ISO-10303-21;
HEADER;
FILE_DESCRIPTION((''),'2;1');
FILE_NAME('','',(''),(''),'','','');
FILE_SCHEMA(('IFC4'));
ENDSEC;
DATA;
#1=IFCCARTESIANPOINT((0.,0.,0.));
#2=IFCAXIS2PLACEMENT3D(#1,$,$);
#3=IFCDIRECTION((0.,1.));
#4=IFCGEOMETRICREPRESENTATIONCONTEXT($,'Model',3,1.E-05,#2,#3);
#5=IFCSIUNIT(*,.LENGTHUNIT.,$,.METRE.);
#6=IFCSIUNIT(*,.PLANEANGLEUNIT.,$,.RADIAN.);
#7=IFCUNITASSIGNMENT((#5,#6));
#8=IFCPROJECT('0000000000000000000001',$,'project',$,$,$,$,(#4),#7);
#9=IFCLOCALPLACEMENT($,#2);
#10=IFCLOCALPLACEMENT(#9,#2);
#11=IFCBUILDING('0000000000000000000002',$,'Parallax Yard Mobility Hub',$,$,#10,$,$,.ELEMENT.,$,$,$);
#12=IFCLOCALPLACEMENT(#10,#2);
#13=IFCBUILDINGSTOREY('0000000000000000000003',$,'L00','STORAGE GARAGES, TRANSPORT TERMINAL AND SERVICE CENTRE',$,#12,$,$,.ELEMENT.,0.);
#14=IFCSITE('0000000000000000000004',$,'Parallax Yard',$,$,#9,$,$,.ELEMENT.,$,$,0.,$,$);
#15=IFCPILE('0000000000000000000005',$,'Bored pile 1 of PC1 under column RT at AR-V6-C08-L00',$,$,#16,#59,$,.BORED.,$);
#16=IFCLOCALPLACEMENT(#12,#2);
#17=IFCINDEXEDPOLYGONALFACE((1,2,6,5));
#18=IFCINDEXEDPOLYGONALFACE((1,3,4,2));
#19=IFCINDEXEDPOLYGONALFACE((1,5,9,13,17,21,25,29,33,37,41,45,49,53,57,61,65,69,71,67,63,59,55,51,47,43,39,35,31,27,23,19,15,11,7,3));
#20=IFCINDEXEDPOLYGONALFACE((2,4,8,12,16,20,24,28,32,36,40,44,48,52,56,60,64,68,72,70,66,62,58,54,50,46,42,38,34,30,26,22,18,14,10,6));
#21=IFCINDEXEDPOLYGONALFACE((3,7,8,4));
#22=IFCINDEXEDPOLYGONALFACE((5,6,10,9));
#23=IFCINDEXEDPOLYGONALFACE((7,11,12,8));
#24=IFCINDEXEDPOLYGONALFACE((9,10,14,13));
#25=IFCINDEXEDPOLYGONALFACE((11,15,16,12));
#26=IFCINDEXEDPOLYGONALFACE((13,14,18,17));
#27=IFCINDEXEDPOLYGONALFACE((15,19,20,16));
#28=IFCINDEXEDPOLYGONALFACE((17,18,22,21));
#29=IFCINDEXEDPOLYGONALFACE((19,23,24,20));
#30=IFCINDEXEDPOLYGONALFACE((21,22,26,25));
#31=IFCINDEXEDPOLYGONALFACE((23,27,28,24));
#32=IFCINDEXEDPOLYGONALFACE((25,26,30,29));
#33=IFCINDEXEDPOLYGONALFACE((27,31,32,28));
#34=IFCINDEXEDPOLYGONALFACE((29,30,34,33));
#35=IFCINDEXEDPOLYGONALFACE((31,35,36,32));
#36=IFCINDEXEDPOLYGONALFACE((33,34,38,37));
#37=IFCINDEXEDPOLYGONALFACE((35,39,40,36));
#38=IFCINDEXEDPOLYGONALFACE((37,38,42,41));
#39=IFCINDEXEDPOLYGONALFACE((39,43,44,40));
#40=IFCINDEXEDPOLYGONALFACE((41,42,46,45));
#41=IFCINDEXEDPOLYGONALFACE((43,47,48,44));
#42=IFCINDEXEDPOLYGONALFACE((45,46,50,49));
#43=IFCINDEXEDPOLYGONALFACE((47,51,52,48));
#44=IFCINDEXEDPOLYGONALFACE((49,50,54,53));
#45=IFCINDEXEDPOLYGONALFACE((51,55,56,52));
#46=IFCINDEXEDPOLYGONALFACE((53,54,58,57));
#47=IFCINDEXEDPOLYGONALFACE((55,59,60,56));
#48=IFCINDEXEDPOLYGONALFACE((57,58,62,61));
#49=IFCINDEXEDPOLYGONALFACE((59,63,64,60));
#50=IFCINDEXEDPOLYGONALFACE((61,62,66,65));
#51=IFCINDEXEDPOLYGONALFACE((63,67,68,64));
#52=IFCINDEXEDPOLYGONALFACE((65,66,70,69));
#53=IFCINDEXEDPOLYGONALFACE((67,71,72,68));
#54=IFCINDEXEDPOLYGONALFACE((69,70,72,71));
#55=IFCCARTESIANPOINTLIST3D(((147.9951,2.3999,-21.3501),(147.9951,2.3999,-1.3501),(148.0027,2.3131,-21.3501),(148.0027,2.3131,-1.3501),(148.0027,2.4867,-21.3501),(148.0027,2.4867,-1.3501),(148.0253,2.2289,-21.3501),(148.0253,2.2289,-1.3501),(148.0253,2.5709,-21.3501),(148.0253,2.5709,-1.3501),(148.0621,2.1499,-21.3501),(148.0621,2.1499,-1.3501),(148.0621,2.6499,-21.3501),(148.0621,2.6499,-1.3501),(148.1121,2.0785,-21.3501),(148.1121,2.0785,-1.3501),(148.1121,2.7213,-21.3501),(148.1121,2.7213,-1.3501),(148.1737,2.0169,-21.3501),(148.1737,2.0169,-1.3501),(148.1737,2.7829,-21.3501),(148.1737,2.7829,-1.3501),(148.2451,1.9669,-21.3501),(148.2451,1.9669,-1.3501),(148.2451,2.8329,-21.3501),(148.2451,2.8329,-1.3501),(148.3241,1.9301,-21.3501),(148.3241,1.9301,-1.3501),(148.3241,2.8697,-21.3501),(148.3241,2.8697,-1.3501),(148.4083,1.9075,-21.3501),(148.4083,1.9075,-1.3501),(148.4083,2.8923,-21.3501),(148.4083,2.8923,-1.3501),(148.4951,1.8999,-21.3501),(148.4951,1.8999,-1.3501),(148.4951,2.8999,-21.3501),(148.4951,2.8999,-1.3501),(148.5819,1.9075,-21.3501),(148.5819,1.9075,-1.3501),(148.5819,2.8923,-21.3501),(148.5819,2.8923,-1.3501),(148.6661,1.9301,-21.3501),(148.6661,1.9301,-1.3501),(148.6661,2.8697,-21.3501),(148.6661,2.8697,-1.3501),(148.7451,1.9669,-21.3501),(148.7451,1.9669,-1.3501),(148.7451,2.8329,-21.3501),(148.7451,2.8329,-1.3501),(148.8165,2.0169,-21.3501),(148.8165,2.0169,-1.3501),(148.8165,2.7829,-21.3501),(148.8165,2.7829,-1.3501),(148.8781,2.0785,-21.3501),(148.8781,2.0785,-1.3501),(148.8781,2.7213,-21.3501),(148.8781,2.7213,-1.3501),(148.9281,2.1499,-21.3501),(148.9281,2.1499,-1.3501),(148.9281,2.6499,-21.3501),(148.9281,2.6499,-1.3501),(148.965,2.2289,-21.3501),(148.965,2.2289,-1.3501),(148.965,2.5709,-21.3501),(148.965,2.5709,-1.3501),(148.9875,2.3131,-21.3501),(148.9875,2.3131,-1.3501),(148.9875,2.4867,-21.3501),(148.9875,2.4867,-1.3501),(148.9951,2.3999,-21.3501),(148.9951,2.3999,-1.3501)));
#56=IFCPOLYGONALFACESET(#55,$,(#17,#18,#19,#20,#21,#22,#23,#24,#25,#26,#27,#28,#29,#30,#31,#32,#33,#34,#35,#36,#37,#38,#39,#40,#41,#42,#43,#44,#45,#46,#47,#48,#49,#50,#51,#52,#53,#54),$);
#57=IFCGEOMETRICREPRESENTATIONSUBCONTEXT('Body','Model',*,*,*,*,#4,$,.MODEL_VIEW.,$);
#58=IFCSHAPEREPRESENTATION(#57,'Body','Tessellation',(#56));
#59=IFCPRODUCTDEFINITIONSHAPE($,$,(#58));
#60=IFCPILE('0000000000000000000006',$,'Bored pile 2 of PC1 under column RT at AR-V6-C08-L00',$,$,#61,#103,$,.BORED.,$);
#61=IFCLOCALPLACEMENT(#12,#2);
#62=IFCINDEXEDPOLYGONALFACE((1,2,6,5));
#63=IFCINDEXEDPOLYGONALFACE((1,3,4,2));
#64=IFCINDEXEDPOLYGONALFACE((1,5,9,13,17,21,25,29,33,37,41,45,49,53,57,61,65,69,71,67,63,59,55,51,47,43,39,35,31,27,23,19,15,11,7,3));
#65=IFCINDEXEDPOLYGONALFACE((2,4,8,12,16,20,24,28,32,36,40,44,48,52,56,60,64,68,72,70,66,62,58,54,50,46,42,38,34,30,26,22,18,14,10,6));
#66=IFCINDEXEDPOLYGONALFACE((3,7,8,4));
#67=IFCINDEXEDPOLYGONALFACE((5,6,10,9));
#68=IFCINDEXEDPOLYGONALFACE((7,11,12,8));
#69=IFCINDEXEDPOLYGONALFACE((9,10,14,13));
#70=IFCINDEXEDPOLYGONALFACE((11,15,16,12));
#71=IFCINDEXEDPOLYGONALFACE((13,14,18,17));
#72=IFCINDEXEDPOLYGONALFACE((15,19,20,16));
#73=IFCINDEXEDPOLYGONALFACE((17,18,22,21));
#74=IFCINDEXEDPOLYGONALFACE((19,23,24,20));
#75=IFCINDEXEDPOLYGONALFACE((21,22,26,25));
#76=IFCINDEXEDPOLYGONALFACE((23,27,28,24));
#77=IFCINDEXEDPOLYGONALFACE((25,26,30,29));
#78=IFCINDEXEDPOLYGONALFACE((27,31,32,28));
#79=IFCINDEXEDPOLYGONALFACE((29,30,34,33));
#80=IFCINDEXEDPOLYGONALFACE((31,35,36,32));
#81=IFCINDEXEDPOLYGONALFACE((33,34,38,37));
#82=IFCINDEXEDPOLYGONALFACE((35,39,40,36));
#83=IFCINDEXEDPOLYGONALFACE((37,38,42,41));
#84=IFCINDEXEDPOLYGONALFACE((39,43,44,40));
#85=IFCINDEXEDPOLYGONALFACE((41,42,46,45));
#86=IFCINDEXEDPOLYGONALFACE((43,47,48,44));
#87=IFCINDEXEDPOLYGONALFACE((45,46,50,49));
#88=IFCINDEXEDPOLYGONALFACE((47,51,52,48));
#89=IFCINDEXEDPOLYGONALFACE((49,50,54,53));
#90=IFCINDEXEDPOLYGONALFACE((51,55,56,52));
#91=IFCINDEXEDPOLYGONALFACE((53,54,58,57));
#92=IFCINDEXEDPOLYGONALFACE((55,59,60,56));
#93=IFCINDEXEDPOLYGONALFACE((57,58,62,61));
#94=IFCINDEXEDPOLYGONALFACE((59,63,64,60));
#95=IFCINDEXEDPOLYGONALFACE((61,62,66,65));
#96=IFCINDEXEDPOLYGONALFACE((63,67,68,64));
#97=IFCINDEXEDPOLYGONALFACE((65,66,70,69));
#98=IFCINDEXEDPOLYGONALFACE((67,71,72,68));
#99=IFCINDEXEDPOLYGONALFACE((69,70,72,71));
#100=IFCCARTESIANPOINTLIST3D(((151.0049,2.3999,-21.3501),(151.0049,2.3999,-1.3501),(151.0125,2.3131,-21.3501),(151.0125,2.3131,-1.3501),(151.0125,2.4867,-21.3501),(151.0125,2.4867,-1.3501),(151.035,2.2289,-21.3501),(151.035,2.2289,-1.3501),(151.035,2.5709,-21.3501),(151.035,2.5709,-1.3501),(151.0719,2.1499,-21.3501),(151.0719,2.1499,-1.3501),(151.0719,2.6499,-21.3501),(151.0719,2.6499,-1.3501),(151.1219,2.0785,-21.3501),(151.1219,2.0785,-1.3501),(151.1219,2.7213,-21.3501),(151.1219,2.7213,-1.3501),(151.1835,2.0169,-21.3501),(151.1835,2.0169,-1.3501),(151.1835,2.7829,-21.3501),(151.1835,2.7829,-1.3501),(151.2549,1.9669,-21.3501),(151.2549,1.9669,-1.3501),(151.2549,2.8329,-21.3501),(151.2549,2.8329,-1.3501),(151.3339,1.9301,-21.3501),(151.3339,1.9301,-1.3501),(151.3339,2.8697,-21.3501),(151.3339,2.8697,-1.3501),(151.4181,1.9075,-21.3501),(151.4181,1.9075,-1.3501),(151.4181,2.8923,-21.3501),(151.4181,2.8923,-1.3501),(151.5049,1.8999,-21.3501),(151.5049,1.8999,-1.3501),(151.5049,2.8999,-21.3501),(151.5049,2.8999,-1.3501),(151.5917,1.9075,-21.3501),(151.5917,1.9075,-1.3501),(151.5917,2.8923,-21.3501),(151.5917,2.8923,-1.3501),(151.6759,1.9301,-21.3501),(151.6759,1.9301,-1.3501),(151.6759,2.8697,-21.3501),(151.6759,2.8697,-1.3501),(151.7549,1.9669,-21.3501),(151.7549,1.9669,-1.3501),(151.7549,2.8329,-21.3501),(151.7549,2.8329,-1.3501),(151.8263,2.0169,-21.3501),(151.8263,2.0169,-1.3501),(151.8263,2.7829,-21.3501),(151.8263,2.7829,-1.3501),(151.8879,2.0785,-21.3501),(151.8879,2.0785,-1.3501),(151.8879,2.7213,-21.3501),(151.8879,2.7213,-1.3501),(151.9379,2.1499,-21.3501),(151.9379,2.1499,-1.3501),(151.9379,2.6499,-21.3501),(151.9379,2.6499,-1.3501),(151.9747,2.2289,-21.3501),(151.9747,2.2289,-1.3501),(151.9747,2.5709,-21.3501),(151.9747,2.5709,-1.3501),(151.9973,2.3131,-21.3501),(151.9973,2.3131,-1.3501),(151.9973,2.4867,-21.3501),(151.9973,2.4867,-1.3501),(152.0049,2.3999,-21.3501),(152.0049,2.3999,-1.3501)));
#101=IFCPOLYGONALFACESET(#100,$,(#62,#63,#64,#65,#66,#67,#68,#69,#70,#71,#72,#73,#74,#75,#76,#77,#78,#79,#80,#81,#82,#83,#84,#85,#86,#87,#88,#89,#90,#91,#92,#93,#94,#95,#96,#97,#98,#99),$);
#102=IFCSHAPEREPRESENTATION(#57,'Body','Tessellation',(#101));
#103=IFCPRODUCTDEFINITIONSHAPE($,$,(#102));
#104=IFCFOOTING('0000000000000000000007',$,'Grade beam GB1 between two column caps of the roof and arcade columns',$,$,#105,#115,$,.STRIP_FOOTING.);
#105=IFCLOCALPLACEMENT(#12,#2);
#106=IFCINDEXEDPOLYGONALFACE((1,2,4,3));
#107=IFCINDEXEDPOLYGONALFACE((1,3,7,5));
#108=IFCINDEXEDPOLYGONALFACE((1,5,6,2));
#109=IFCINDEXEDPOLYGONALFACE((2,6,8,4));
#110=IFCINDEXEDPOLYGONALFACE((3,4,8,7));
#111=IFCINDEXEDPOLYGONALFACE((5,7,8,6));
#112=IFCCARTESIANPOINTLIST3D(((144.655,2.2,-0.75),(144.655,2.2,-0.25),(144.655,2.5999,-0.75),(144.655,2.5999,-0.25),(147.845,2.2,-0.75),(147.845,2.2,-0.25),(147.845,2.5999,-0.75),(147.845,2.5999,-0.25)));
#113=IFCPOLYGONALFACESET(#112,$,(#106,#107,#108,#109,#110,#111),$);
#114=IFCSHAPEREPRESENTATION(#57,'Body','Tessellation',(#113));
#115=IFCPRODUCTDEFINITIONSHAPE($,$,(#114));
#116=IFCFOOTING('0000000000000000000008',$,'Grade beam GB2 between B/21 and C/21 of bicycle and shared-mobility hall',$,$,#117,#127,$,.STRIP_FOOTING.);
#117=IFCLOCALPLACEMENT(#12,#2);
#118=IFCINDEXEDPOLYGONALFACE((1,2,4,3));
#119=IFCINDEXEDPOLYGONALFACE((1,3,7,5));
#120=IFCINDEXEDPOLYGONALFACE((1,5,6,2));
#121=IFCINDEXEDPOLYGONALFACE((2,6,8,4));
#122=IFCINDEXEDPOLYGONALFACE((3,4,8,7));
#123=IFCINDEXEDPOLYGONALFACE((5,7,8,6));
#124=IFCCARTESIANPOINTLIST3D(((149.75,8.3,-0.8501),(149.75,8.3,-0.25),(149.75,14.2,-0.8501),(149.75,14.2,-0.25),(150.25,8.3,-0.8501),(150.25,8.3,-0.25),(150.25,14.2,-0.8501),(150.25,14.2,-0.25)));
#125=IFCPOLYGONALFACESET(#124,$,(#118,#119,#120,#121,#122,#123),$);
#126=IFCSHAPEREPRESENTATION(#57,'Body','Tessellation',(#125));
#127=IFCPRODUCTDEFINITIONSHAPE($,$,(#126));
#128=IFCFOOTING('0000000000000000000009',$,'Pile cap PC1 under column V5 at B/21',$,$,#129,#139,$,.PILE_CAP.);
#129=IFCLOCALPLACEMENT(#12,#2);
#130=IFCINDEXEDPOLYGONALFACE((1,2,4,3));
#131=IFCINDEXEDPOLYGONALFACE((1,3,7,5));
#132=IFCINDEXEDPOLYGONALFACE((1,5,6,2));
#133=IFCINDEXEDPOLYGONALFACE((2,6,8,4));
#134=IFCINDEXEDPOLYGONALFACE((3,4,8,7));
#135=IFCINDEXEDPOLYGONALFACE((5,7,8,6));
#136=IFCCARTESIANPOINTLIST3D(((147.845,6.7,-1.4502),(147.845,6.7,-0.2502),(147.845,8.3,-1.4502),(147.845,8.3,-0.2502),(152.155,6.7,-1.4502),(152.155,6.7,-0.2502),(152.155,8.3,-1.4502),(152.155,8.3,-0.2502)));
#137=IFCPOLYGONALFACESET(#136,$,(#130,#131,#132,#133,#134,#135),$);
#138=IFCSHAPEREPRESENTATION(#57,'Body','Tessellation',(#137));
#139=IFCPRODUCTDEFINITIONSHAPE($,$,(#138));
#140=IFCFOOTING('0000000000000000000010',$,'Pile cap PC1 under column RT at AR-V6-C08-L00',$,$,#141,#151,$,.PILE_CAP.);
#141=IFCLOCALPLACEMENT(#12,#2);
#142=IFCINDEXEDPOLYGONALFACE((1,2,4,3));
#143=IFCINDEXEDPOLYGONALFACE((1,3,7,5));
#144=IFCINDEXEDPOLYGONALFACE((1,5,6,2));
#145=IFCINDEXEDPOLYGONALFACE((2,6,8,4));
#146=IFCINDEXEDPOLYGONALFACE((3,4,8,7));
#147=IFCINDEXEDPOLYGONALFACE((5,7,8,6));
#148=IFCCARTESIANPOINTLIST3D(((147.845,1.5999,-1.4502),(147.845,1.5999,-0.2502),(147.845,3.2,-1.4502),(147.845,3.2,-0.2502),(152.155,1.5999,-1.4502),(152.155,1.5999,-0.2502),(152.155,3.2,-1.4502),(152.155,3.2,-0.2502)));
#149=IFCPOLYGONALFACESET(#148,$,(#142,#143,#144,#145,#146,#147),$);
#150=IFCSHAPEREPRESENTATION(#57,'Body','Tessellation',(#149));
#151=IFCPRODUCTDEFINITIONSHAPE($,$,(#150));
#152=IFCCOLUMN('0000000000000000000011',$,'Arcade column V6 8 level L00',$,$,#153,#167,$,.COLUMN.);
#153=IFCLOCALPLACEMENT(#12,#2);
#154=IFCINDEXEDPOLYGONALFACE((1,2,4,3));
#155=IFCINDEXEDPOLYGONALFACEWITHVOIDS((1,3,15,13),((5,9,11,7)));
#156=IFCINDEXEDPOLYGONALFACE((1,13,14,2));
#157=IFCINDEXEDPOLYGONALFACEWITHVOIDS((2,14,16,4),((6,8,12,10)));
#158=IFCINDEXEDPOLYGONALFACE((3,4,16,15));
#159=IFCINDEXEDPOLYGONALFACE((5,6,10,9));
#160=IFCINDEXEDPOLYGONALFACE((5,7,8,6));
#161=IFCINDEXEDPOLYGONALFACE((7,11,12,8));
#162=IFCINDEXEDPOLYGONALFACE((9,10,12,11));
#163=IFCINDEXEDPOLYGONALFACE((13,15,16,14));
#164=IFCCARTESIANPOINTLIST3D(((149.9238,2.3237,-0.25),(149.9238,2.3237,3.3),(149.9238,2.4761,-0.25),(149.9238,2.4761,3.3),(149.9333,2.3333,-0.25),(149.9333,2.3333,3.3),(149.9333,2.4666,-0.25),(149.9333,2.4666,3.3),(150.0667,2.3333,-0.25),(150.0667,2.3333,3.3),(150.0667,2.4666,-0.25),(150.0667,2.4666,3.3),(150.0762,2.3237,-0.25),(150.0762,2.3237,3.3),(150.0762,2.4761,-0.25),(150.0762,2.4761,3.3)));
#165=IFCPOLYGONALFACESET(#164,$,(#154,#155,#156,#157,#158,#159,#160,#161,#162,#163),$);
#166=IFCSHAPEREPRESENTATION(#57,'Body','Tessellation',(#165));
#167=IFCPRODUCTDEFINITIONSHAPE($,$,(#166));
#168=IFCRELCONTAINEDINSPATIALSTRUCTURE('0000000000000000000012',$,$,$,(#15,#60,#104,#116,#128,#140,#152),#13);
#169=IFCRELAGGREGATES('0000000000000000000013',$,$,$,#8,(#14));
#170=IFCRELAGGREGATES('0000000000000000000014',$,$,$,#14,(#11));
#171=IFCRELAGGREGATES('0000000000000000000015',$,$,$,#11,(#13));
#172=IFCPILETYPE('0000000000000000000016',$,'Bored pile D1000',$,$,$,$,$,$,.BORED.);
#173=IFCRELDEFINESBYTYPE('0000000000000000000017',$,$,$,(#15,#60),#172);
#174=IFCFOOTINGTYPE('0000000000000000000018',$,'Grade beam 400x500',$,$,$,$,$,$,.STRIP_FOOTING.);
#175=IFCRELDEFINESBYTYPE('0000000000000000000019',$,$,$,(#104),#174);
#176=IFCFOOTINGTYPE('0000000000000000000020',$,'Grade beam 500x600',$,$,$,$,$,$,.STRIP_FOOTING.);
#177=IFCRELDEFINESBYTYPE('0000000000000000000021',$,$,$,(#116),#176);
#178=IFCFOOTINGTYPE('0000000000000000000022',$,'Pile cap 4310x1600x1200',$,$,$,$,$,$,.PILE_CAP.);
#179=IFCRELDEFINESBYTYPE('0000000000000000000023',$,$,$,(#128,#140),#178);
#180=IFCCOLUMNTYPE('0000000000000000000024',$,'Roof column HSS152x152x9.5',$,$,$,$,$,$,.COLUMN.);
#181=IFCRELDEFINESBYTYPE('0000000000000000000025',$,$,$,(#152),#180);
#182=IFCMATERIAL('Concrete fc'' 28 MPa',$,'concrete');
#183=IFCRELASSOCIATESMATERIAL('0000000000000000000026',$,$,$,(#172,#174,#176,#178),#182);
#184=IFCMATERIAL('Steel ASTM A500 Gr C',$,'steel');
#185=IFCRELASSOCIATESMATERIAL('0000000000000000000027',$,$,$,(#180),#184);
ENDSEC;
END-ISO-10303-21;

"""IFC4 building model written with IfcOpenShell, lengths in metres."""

from ifc_helpers import new_model, si_unit, direction, frame, origin, origin_2d, place, context, subcontext, project, spatial, rectangle, hollow_rectangle, circle, extrude, material, material_profile, profile_set, type_object, element, save


model = new_model("IFC4")

# Units and contexts
model_context = context("Model", 3, precision=1e-05, world=origin(), true_north=direction((0.0, 1.0)))
body_context = subcontext(model_context, "Body", "Model", "MODEL_VIEW")
ifc_project = project(units=[si_unit("LENGTHUNIT", "METRE"), si_unit("PLANEANGLEUNIT", "RADIAN")], contexts=[model_context])

# Site, building, storey
site_placement = place(None, origin())
site = spatial("IfcSite", under=ifc_project, at=site_placement, Name="Parallax Yard", CompositionType="ELEMENT", RefElevation=0.0)
building_placement = place(site_placement, origin())
building = spatial("IfcBuilding", under=site, at=building_placement, Name="Parallax Yard Mobility Hub", CompositionType="ELEMENT")
storey_placement = place(building_placement, origin())
storey = spatial("IfcBuildingStorey", under=building, at=storey_placement, Name="L00", Description="STORAGE GARAGES, TRANSPORT TERMINAL AND SERVICE CENTRE", CompositionType="ELEMENT", Elevation=0.0)

# Piles
ifc_material_1 = material(Name="Concrete fc' 28 MPa", Category="concrete")
ifc_material_profile_1 = material_profile(ifc_material_1, circle(Radius=0.5, at=origin_2d()), Name="Bored pile D1000")
ifc_profile_set_1 = profile_set([ifc_material_profile_1], Name="Concrete fc' 28 MPa")
pile_type = type_object("IfcPileType", Name="Bored pile D1000", PredefinedType="BORED", material=ifc_profile_set_1)
for number, where, z_axis, x_axis, name in (
    (1, (148.4951, 2.3999, -1.3501), (0.0, 0.0, -1.0), (1.0, 0.0, 0.0), "Bored pile 1 of PC1 under column RT at AR-V6-C08-L00"),
    (2, (151.5049, 2.3999, -1.3501), (0.0, 0.0, -1.0), (1.0, 0.0, 0.0), "Bored pile 2 of PC1 under column RT at AR-V6-C08-L00"),
):
    element("IfcPile", number, at=place(storey_placement, frame(where, z_axis=z_axis, x_axis=x_axis)), inside=storey, type_object=pile_type, Name=name, PredefinedType="BORED", context=body_context, shape_type="SweptSolid", body=[
        extrude(circle(Radius=0.5, at=origin_2d()), origin(), (0.0, 0.0, 1.0), 20.0),
    ])

# Footings
ifc_material_profile_2 = material_profile(ifc_material_1, rectangle(XDim=0.3999, YDim=0.5, at=origin_2d()), Name="Grade beam 400x500")
ifc_profile_set_2 = profile_set([ifc_material_profile_2], Name="Concrete fc' 28 MPa")
footing_type_1 = type_object("IfcFootingType", Name="Grade beam 400x500", PredefinedType="STRIP_FOOTING", material=ifc_profile_set_2)
footing_1_placement = place(storey_placement, frame((144.655, 2.3999, -0.5), z_axis=(1.0, 0.0, 0.0), x_axis=(0.0, 1.0, 0.0)))
element("IfcFooting", 3, at=footing_1_placement, inside=storey, type_object=footing_type_1, Name="Grade beam GB1 between two column caps of the roof and arcade columns", PredefinedType="STRIP_FOOTING", context=body_context, shape_type="SweptSolid", body=[
    extrude(rectangle(XDim=0.3999, YDim=0.5, at=origin_2d()), origin(), (0.0, 0.0, 1.0), 3.1899),
])
ifc_material_profile_3 = material_profile(ifc_material_1, rectangle(XDim=0.5, YDim=0.6001, at=origin_2d()), Name="Grade beam 500x600")
ifc_profile_set_3 = profile_set([ifc_material_profile_3], Name="Concrete fc' 28 MPa")
footing_type_2 = type_object("IfcFootingType", Name="Grade beam 500x600", PredefinedType="STRIP_FOOTING", material=ifc_profile_set_3)
footing_2_placement = place(storey_placement, frame((150.0, 8.3, -0.55), z_axis=(0.0, 1.0, 0.0), x_axis=(-1.0, 0.0, 0.0)))
element("IfcFooting", 4, at=footing_2_placement, inside=storey, type_object=footing_type_2, Name="Grade beam GB2 between B/21 and C/21 of bicycle and shared-mobility hall", PredefinedType="STRIP_FOOTING", context=body_context, shape_type="SweptSolid", body=[
    extrude(rectangle(XDim=0.5, YDim=0.6001, at=origin_2d()), origin(), (0.0, 0.0, 1.0), 5.8999),
])
footing_type_3 = type_object("IfcFootingType", Name="Pile cap 4310x1600x1200", PredefinedType="PILE_CAP", material=ifc_material_1)
for number, where, z_axis, x_axis, name in (
    (5, (150.0, 7.5, -1.4502), (0.0, 0.0, 1.0), (1.0, 0.0, 0.0), "Pile cap PC1 under column V5 at B/21"),
    (6, (150.0, 2.3999, -1.4502), (0.0, 0.0, 1.0), (1.0, 0.0, 0.0), "Pile cap PC1 under column RT at AR-V6-C08-L00"),
):
    element("IfcFooting", number, at=place(storey_placement, frame(where, z_axis=z_axis, x_axis=x_axis)), inside=storey, type_object=footing_type_3, Name=name, PredefinedType="PILE_CAP", context=body_context, shape_type="SweptSolid", body=[
        extrude(rectangle(XDim=4.3101, YDim=1.6001, at=origin_2d()), origin(), (0.0, 0.0, 1.0), 1.2),
    ])

# Column
ifc_material_2 = material(Name="Steel ASTM A500 Gr C", Category="steel")
ifc_material_profile_4 = material_profile(ifc_material_2, hollow_rectangle(XDim=0.1523, YDim=0.1523, WallThickness=0.0095, at=origin_2d()), Name="HSS152x152x9.5")
ifc_profile_set_4 = profile_set([ifc_material_profile_4], Name="Steel ASTM A500 Gr C")
column_type_1 = type_object("IfcColumnType", Name="Roof column HSS152x152x9.5", PredefinedType="COLUMN", material=ifc_profile_set_4)
column_1_placement = place(storey_placement, frame((150.0, 2.3999, -0.25), z_axis=(0.0, 0.0, 1.0), x_axis=(1.0, 0.0, 0.0)))
element("IfcColumn", 7, at=column_1_placement, inside=storey, type_object=column_type_1, Name="Arcade column V6 8 level L00", PredefinedType="COLUMN", context=body_context, shape_type="SweptSolid", body=[
    extrude(hollow_rectangle(XDim=0.1523, YDim=0.1523, WallThickness=0.0095, at=origin_2d()), origin(), (0.0, 0.0, 1.0), 3.55),
])

save(model, "model.ifc")
